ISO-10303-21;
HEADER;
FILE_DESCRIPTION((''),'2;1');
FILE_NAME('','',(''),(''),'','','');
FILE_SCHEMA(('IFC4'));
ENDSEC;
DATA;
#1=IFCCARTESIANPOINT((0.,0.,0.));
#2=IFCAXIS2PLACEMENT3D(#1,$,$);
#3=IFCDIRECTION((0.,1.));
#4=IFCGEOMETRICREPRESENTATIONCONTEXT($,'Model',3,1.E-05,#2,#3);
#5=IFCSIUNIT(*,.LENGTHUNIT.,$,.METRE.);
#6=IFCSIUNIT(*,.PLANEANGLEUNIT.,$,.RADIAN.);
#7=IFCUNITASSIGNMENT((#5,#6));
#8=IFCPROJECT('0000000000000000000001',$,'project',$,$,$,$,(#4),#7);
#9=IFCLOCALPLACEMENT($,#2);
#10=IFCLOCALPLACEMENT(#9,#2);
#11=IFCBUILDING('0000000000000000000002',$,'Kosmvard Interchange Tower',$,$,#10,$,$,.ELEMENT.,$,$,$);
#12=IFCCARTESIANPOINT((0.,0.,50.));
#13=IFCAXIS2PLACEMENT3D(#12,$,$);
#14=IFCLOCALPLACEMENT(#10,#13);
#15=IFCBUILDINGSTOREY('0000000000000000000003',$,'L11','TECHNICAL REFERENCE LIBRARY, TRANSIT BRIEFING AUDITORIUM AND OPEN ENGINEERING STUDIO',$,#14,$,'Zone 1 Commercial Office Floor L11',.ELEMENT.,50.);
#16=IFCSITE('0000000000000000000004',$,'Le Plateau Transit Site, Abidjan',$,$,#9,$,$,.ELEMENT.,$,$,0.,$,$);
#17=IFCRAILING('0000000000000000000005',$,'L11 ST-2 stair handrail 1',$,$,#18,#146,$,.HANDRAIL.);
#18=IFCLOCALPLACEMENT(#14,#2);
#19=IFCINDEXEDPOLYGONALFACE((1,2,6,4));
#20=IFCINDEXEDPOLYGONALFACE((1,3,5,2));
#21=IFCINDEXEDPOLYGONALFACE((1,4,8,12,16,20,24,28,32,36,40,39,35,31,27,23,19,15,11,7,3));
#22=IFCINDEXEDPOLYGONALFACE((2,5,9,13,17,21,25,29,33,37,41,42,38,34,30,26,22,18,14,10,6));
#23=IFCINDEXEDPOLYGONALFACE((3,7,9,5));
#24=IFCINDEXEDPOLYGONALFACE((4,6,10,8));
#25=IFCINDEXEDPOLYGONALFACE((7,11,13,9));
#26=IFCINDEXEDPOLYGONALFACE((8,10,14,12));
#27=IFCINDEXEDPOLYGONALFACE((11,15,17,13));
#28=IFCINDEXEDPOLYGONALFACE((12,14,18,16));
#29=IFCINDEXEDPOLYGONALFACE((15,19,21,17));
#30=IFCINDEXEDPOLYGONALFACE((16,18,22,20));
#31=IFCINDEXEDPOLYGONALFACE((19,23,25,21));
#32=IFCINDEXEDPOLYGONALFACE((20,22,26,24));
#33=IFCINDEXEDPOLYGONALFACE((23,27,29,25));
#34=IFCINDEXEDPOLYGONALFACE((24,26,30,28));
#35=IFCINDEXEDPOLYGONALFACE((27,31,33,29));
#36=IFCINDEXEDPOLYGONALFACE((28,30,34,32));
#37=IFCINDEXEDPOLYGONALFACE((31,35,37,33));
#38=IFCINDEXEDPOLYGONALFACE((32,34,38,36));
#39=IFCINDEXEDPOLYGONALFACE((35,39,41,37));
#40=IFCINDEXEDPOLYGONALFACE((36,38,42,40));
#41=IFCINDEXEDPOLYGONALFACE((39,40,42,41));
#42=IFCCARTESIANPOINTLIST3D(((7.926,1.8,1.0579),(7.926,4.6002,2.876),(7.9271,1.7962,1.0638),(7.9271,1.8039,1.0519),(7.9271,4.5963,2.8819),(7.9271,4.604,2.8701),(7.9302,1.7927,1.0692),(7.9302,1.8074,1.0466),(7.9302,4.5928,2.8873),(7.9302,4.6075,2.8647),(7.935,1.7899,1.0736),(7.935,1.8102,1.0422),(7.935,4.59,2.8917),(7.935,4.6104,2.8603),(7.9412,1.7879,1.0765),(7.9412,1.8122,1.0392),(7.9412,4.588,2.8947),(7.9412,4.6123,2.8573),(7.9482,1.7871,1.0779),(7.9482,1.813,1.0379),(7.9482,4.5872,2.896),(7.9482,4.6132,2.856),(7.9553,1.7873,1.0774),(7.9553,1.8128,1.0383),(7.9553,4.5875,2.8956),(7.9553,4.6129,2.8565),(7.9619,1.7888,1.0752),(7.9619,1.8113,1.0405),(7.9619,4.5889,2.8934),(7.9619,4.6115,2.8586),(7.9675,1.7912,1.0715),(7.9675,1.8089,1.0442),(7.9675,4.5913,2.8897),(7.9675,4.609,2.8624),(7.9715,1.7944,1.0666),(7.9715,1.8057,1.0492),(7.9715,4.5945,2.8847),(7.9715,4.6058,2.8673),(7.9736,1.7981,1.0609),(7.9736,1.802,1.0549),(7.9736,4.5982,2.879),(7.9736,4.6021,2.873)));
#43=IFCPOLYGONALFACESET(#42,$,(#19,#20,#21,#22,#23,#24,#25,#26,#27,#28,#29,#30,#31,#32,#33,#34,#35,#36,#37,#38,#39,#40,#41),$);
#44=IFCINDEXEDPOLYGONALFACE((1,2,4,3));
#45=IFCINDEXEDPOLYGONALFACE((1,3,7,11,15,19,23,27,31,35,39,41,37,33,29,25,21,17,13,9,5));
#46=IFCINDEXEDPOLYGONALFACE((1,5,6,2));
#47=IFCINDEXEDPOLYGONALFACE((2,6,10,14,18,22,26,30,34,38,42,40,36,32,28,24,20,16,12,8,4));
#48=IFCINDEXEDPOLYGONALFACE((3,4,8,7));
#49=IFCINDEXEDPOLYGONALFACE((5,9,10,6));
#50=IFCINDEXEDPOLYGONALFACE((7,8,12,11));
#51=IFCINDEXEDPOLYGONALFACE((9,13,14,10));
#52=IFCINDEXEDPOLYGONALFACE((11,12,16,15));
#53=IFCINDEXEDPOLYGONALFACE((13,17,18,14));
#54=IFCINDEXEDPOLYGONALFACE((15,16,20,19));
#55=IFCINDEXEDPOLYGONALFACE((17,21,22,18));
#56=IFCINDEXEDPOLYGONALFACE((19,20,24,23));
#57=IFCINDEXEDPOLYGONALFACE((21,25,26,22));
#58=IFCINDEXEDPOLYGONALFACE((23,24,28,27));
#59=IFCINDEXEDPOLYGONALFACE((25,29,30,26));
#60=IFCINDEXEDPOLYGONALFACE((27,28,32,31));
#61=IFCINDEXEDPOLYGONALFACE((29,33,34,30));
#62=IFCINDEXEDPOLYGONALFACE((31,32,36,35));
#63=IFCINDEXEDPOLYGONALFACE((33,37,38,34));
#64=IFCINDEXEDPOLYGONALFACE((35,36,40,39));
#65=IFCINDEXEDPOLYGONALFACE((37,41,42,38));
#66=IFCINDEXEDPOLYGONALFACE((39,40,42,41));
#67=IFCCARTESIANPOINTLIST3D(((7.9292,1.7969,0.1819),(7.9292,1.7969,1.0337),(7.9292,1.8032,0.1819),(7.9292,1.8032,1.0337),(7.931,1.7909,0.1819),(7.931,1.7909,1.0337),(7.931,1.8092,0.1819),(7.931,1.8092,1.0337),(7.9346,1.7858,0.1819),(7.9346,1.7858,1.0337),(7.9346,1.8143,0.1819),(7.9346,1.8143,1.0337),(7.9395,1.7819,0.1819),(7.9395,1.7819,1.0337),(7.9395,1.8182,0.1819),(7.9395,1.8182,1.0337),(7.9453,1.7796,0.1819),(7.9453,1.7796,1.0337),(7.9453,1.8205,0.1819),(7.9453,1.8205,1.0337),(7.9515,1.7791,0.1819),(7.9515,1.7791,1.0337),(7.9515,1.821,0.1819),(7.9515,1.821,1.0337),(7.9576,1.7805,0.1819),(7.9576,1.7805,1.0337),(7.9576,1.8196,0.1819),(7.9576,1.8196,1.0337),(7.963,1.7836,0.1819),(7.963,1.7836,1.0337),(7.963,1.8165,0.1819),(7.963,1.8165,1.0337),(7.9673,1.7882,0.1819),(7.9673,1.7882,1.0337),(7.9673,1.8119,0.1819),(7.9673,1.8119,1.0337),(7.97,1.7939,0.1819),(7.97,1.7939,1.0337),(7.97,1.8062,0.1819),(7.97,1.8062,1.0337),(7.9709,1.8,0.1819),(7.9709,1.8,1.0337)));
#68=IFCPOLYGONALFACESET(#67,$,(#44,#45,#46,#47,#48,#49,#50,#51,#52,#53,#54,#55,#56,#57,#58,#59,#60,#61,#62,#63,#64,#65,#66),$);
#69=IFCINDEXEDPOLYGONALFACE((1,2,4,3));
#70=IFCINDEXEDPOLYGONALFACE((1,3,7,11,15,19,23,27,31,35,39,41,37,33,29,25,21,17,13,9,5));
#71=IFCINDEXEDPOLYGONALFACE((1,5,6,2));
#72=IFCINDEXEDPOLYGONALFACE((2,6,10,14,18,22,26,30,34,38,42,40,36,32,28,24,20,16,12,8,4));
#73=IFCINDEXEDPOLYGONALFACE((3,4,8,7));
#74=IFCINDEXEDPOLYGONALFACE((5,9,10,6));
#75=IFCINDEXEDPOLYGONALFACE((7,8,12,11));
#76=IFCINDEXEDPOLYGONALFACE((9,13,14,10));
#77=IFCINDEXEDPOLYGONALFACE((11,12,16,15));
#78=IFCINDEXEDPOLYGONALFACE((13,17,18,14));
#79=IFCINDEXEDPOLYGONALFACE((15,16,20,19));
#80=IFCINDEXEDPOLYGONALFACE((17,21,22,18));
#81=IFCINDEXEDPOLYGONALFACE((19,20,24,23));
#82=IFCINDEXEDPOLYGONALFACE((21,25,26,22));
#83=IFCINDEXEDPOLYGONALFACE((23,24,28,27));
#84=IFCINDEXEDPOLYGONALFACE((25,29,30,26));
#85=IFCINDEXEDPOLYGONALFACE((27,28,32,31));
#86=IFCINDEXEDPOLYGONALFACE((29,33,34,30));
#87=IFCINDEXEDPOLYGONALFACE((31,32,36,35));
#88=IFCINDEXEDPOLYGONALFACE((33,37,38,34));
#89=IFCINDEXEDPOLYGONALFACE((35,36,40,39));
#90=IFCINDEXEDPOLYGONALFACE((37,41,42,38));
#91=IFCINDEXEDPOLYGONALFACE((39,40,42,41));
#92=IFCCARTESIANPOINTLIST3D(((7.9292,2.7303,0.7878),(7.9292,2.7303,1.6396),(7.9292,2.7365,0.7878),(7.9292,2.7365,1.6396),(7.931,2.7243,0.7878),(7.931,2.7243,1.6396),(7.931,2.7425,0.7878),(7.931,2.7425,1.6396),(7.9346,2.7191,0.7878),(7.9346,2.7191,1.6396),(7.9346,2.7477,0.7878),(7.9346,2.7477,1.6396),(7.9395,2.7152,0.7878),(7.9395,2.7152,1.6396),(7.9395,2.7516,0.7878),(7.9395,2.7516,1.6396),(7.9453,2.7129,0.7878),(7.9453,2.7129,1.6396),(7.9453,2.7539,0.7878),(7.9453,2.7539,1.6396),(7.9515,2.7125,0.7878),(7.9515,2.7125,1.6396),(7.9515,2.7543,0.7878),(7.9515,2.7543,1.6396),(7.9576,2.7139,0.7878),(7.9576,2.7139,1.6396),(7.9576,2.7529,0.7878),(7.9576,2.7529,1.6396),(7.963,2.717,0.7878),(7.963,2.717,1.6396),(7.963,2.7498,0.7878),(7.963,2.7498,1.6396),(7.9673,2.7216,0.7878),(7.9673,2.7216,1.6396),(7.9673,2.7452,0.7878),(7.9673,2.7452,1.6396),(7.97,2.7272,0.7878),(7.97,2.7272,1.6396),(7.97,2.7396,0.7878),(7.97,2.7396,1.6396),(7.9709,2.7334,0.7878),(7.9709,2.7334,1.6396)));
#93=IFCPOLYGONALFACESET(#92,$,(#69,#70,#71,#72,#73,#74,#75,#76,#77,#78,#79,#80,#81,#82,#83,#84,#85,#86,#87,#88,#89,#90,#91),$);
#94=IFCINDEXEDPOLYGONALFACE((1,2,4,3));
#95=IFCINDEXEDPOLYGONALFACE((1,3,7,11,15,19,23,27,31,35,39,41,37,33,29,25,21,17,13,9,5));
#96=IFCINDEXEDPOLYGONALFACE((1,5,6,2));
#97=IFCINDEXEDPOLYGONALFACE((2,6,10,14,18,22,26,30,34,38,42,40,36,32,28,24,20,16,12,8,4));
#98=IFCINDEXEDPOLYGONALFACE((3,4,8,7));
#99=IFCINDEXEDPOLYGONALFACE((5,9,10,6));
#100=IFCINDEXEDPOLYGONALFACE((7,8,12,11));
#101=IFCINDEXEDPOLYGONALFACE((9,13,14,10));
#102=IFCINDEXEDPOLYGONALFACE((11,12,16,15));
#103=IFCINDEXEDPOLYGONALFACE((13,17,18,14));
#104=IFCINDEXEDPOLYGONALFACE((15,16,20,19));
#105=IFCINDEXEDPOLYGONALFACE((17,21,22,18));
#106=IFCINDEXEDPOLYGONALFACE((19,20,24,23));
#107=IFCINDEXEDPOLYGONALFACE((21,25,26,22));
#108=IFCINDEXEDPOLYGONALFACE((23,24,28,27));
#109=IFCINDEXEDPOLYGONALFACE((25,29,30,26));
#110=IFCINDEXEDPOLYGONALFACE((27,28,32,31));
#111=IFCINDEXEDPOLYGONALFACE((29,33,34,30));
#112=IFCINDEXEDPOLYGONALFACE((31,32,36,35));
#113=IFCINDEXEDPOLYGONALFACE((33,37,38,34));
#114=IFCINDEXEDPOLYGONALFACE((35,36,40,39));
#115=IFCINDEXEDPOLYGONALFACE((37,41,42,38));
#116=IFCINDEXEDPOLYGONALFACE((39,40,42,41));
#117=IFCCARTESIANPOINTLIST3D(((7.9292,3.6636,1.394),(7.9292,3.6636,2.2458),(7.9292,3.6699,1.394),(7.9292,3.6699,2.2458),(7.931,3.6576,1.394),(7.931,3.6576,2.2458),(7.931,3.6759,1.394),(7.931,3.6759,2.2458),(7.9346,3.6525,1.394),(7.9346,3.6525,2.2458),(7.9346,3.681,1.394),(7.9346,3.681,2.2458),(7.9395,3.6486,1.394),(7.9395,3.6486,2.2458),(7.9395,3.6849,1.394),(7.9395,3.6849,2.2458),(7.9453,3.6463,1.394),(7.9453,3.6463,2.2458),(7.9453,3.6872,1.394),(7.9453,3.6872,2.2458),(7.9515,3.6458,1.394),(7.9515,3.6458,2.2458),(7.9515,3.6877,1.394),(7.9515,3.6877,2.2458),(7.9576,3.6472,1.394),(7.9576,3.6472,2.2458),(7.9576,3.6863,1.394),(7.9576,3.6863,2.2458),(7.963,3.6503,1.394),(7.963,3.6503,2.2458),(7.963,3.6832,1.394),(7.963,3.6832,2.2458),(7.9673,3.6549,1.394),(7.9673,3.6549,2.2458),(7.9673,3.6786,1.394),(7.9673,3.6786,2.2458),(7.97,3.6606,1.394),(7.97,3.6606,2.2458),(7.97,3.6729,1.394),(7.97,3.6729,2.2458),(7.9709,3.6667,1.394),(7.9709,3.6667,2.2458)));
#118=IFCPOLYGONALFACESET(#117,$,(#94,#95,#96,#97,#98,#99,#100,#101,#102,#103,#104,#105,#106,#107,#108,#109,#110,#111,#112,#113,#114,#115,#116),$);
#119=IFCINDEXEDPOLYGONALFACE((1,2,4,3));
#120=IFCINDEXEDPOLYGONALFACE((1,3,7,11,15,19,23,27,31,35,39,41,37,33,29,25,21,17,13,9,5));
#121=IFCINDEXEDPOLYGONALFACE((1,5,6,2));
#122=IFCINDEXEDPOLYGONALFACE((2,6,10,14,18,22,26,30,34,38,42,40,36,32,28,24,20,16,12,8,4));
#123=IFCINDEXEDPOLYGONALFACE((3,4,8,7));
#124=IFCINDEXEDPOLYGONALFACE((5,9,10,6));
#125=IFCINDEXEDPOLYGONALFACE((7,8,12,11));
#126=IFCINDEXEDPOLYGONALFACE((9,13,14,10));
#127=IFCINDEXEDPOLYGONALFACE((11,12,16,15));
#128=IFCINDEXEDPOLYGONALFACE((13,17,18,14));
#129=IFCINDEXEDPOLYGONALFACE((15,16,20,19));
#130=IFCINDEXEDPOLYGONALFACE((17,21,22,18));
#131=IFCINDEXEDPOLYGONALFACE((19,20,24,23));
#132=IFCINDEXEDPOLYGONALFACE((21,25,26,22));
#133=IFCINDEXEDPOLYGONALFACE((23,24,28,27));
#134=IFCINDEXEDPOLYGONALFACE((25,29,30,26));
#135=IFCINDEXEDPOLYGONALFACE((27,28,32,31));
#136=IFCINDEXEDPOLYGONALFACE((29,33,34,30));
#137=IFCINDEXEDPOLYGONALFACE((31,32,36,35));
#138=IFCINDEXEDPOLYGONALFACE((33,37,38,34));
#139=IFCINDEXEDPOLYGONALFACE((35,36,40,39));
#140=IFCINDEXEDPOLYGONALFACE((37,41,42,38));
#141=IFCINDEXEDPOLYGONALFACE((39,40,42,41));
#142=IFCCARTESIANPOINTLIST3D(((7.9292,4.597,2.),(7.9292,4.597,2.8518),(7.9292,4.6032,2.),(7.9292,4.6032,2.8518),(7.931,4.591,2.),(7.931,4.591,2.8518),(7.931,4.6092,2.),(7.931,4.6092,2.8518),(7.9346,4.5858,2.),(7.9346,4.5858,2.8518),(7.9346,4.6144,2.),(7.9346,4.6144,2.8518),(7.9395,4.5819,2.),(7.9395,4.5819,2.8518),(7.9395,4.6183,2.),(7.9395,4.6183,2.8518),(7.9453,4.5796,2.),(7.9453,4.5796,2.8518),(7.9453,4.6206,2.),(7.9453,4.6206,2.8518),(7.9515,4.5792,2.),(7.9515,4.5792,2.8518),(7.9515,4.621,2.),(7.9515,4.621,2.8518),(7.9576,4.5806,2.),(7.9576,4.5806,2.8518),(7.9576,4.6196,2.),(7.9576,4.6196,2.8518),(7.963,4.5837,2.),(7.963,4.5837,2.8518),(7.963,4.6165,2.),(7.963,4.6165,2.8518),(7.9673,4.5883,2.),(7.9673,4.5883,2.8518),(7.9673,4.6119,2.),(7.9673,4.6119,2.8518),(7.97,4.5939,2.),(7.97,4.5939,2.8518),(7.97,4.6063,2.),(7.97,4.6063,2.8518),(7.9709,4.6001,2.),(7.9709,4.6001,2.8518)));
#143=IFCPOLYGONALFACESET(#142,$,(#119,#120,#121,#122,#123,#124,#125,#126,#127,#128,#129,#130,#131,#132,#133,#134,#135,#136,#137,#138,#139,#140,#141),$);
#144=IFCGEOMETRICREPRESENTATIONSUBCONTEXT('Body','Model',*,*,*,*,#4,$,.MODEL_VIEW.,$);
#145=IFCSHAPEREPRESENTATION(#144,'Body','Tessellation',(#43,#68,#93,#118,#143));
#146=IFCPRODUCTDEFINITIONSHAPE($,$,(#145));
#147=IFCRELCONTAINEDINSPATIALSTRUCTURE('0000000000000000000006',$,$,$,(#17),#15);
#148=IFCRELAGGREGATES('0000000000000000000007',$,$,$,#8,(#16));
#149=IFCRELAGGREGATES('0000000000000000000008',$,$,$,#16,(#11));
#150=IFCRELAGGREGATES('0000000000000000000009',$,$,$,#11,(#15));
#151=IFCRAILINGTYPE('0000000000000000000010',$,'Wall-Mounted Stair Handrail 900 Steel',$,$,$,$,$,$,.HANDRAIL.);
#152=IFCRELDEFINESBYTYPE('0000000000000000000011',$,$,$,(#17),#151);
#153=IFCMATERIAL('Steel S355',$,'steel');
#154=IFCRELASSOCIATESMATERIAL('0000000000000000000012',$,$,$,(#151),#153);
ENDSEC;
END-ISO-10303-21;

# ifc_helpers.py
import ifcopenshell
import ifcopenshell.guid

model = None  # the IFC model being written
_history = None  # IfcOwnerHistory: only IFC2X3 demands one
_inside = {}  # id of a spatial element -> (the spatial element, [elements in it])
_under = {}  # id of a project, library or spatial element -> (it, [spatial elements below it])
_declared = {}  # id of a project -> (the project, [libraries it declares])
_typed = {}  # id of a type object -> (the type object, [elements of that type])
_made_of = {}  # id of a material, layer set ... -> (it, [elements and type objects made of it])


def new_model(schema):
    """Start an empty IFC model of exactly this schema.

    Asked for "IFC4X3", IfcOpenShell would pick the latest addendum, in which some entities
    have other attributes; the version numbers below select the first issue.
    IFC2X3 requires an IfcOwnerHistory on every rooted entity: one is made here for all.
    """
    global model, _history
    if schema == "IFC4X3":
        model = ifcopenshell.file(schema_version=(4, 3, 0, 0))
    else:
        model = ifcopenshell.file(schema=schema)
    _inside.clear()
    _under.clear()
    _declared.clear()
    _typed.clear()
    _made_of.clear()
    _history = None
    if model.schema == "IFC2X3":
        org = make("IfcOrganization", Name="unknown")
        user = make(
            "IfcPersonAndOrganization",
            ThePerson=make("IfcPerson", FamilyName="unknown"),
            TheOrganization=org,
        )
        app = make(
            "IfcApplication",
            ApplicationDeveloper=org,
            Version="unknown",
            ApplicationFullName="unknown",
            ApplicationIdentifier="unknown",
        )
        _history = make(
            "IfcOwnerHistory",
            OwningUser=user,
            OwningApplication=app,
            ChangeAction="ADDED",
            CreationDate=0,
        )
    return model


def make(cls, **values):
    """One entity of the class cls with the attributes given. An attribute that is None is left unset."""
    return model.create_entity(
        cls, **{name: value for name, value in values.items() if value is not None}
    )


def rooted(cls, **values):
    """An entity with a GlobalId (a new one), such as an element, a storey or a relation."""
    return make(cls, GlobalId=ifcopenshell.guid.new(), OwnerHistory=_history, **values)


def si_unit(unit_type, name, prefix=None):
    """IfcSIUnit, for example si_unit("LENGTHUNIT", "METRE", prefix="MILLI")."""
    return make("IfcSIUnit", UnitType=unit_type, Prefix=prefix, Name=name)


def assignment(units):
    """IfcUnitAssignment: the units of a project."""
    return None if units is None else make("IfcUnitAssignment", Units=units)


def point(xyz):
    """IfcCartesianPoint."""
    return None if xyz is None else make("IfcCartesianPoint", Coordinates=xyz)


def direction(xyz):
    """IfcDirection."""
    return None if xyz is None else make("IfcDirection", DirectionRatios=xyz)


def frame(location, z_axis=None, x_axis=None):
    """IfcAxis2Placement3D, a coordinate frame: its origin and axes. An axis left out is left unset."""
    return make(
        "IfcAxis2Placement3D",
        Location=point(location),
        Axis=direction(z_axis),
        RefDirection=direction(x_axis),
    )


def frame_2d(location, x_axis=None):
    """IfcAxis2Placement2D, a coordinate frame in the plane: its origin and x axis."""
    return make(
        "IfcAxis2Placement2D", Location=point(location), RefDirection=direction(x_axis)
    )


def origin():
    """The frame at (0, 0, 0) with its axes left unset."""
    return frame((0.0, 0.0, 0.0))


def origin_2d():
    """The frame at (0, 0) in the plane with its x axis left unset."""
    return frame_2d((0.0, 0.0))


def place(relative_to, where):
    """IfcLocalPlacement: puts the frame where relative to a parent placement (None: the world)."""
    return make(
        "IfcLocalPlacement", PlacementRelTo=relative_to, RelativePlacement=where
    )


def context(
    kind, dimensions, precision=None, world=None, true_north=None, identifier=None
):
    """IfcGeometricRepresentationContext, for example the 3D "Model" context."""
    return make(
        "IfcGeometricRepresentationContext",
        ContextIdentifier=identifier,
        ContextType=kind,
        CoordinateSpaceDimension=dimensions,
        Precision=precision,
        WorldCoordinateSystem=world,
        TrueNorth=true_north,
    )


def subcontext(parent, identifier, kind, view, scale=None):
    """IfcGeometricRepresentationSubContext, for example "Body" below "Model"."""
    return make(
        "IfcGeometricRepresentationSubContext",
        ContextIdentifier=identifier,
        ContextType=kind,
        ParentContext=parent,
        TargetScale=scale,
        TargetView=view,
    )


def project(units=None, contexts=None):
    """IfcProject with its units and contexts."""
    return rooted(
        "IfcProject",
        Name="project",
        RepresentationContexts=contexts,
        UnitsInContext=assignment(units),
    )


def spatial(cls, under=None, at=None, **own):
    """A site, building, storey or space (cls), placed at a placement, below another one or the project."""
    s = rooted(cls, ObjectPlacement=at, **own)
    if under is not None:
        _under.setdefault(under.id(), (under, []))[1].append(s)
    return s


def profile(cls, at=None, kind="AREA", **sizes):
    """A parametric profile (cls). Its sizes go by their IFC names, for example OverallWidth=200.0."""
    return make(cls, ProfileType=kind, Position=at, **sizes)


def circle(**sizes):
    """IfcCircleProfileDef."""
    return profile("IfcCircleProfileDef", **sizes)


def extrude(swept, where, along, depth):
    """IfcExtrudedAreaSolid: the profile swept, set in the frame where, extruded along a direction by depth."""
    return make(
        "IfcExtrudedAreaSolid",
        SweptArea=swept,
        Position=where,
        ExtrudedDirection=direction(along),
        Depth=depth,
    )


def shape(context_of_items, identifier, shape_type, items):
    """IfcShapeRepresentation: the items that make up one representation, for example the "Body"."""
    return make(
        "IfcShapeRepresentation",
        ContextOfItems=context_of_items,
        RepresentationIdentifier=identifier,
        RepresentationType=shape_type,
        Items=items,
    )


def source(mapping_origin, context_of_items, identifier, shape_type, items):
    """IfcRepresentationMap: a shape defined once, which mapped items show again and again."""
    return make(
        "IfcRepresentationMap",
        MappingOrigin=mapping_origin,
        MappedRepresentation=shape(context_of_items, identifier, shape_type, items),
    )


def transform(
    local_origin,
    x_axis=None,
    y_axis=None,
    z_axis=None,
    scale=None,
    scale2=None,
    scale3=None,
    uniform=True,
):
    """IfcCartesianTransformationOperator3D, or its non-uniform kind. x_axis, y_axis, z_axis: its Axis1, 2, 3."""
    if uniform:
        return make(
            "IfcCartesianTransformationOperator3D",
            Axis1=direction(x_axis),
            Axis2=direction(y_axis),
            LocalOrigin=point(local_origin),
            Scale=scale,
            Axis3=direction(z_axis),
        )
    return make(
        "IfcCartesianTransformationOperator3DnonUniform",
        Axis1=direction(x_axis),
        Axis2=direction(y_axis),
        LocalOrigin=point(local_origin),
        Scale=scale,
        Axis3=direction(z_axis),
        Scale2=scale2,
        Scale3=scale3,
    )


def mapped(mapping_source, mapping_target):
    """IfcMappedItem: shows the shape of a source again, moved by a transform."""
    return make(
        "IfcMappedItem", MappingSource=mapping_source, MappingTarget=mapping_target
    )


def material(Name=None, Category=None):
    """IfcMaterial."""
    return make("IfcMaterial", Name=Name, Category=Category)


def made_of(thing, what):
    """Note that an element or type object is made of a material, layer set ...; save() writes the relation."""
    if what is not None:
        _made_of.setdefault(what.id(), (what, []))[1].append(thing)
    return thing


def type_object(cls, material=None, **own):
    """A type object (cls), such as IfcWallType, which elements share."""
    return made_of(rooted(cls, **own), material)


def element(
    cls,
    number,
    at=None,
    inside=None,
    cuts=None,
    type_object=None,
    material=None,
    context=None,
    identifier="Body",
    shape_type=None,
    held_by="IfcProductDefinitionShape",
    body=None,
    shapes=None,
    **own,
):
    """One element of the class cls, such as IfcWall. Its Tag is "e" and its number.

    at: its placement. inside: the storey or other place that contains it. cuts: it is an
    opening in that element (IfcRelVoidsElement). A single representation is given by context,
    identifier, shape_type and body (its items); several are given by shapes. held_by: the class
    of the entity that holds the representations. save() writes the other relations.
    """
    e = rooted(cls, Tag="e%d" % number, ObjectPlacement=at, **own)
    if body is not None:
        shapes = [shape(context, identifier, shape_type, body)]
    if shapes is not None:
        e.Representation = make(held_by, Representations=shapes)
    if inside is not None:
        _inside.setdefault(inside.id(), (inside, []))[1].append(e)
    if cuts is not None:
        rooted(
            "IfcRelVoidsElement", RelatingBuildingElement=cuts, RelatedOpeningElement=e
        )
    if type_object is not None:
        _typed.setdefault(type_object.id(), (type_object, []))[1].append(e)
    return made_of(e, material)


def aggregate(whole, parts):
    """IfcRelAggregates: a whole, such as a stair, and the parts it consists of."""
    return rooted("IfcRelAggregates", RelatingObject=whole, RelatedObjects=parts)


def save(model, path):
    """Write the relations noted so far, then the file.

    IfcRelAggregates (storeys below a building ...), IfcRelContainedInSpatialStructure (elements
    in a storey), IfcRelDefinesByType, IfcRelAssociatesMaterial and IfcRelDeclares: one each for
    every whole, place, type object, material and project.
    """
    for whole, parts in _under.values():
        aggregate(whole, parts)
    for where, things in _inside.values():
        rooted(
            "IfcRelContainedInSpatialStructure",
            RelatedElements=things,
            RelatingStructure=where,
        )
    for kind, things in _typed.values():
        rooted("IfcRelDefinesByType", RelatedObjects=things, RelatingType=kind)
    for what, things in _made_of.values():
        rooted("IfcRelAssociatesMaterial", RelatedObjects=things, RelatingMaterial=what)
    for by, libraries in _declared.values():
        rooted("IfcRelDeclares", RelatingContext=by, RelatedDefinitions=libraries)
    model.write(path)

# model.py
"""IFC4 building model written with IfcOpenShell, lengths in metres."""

from ifc_helpers import new_model, si_unit, direction, frame, origin, origin_2d, place, context, subcontext, project, spatial, circle, extrude, source, transform, mapped, material, type_object, element, save


model = new_model("IFC4")

# Units and contexts
model_context = context("Model", 3, precision=1e-05, world=origin(), true_north=direction((0.0, 1.0)))
body_context = subcontext(model_context, "Body", "Model", "MODEL_VIEW")
ifc_project = project(units=[si_unit("LENGTHUNIT", "METRE"), si_unit("PLANEANGLEUNIT", "RADIAN")], contexts=[model_context])

# Site, building, storey
site_placement = place(None, origin())
site = spatial("IfcSite", under=ifc_project, at=site_placement, Name="Le Plateau Transit Site, Abidjan", CompositionType="ELEMENT", RefElevation=0.0)
building_placement = place(site_placement, origin())
building = spatial("IfcBuilding", under=site, at=building_placement, Name="Kosmvard Interchange Tower", CompositionType="ELEMENT")
storey_placement = place(building_placement, frame((0.0, 0.0, 50.0)))
storey = spatial("IfcBuildingStorey", under=building, at=storey_placement, Name="L11", Description="TECHNICAL REFERENCE LIBRARY, TRANSIT BRIEFING AUDITORIUM AND OPEN ENGINEERING STUDIO", LongName="Zone 1 Commercial Office Floor L11", CompositionType="ELEMENT", Elevation=50.0)

# Shared definitions
ifc_material_1 = material(Name="Steel S355", Category="steel")

# Railing
railing_type_1 = type_object("IfcRailingType", Name="Wall-Mounted Stair Handrail 900 Steel", PredefinedType="HANDRAIL", material=ifc_material_1)
shared_shape_1 = source(origin(), body_context, "Body", "SweptSolid", [
    extrude(circle(Radius=0.0239, at=origin_2d()), frame((0.0, 0.0, 0.876), z_axis=(0.0, 0.838706, 0.544585), x_axis=(-1.0, 0.0, 0.0)), (0.0, 0.0, 1.0), 3.3386),
    extrude(circle(Radius=0.021, at=origin_2d()), origin(), (0.0, 0.0, 1.0), 0.8518),
    extrude(circle(Radius=0.021, at=origin_2d()), frame((0.0, 0.9333, 0.606)), (0.0, 0.0, 1.0), 0.8518),
    extrude(circle(Radius=0.021, at=origin_2d()), frame((0.0, 1.8667, 1.2122)), (0.0, 0.0, 1.0), 0.8518),
    extrude(circle(Radius=0.021, at=origin_2d()), frame((0.0, 2.8, 1.8181)), (0.0, 0.0, 1.0), 0.8518),
])
railing_1_placement = place(storey_placement, frame((7.95, 1.8, 0.1819)))
element("IfcRailing", 1, at=railing_1_placement, inside=storey, type_object=railing_type_1, Name="L11 ST-2 stair handrail 1", PredefinedType="HANDRAIL", context=body_context, shape_type="MappedRepresentation", body=[
    mapped(shared_shape_1, transform((0.0, 0.0, 0.0), scale=1.0)),
])

save(model, "model.ifc")
